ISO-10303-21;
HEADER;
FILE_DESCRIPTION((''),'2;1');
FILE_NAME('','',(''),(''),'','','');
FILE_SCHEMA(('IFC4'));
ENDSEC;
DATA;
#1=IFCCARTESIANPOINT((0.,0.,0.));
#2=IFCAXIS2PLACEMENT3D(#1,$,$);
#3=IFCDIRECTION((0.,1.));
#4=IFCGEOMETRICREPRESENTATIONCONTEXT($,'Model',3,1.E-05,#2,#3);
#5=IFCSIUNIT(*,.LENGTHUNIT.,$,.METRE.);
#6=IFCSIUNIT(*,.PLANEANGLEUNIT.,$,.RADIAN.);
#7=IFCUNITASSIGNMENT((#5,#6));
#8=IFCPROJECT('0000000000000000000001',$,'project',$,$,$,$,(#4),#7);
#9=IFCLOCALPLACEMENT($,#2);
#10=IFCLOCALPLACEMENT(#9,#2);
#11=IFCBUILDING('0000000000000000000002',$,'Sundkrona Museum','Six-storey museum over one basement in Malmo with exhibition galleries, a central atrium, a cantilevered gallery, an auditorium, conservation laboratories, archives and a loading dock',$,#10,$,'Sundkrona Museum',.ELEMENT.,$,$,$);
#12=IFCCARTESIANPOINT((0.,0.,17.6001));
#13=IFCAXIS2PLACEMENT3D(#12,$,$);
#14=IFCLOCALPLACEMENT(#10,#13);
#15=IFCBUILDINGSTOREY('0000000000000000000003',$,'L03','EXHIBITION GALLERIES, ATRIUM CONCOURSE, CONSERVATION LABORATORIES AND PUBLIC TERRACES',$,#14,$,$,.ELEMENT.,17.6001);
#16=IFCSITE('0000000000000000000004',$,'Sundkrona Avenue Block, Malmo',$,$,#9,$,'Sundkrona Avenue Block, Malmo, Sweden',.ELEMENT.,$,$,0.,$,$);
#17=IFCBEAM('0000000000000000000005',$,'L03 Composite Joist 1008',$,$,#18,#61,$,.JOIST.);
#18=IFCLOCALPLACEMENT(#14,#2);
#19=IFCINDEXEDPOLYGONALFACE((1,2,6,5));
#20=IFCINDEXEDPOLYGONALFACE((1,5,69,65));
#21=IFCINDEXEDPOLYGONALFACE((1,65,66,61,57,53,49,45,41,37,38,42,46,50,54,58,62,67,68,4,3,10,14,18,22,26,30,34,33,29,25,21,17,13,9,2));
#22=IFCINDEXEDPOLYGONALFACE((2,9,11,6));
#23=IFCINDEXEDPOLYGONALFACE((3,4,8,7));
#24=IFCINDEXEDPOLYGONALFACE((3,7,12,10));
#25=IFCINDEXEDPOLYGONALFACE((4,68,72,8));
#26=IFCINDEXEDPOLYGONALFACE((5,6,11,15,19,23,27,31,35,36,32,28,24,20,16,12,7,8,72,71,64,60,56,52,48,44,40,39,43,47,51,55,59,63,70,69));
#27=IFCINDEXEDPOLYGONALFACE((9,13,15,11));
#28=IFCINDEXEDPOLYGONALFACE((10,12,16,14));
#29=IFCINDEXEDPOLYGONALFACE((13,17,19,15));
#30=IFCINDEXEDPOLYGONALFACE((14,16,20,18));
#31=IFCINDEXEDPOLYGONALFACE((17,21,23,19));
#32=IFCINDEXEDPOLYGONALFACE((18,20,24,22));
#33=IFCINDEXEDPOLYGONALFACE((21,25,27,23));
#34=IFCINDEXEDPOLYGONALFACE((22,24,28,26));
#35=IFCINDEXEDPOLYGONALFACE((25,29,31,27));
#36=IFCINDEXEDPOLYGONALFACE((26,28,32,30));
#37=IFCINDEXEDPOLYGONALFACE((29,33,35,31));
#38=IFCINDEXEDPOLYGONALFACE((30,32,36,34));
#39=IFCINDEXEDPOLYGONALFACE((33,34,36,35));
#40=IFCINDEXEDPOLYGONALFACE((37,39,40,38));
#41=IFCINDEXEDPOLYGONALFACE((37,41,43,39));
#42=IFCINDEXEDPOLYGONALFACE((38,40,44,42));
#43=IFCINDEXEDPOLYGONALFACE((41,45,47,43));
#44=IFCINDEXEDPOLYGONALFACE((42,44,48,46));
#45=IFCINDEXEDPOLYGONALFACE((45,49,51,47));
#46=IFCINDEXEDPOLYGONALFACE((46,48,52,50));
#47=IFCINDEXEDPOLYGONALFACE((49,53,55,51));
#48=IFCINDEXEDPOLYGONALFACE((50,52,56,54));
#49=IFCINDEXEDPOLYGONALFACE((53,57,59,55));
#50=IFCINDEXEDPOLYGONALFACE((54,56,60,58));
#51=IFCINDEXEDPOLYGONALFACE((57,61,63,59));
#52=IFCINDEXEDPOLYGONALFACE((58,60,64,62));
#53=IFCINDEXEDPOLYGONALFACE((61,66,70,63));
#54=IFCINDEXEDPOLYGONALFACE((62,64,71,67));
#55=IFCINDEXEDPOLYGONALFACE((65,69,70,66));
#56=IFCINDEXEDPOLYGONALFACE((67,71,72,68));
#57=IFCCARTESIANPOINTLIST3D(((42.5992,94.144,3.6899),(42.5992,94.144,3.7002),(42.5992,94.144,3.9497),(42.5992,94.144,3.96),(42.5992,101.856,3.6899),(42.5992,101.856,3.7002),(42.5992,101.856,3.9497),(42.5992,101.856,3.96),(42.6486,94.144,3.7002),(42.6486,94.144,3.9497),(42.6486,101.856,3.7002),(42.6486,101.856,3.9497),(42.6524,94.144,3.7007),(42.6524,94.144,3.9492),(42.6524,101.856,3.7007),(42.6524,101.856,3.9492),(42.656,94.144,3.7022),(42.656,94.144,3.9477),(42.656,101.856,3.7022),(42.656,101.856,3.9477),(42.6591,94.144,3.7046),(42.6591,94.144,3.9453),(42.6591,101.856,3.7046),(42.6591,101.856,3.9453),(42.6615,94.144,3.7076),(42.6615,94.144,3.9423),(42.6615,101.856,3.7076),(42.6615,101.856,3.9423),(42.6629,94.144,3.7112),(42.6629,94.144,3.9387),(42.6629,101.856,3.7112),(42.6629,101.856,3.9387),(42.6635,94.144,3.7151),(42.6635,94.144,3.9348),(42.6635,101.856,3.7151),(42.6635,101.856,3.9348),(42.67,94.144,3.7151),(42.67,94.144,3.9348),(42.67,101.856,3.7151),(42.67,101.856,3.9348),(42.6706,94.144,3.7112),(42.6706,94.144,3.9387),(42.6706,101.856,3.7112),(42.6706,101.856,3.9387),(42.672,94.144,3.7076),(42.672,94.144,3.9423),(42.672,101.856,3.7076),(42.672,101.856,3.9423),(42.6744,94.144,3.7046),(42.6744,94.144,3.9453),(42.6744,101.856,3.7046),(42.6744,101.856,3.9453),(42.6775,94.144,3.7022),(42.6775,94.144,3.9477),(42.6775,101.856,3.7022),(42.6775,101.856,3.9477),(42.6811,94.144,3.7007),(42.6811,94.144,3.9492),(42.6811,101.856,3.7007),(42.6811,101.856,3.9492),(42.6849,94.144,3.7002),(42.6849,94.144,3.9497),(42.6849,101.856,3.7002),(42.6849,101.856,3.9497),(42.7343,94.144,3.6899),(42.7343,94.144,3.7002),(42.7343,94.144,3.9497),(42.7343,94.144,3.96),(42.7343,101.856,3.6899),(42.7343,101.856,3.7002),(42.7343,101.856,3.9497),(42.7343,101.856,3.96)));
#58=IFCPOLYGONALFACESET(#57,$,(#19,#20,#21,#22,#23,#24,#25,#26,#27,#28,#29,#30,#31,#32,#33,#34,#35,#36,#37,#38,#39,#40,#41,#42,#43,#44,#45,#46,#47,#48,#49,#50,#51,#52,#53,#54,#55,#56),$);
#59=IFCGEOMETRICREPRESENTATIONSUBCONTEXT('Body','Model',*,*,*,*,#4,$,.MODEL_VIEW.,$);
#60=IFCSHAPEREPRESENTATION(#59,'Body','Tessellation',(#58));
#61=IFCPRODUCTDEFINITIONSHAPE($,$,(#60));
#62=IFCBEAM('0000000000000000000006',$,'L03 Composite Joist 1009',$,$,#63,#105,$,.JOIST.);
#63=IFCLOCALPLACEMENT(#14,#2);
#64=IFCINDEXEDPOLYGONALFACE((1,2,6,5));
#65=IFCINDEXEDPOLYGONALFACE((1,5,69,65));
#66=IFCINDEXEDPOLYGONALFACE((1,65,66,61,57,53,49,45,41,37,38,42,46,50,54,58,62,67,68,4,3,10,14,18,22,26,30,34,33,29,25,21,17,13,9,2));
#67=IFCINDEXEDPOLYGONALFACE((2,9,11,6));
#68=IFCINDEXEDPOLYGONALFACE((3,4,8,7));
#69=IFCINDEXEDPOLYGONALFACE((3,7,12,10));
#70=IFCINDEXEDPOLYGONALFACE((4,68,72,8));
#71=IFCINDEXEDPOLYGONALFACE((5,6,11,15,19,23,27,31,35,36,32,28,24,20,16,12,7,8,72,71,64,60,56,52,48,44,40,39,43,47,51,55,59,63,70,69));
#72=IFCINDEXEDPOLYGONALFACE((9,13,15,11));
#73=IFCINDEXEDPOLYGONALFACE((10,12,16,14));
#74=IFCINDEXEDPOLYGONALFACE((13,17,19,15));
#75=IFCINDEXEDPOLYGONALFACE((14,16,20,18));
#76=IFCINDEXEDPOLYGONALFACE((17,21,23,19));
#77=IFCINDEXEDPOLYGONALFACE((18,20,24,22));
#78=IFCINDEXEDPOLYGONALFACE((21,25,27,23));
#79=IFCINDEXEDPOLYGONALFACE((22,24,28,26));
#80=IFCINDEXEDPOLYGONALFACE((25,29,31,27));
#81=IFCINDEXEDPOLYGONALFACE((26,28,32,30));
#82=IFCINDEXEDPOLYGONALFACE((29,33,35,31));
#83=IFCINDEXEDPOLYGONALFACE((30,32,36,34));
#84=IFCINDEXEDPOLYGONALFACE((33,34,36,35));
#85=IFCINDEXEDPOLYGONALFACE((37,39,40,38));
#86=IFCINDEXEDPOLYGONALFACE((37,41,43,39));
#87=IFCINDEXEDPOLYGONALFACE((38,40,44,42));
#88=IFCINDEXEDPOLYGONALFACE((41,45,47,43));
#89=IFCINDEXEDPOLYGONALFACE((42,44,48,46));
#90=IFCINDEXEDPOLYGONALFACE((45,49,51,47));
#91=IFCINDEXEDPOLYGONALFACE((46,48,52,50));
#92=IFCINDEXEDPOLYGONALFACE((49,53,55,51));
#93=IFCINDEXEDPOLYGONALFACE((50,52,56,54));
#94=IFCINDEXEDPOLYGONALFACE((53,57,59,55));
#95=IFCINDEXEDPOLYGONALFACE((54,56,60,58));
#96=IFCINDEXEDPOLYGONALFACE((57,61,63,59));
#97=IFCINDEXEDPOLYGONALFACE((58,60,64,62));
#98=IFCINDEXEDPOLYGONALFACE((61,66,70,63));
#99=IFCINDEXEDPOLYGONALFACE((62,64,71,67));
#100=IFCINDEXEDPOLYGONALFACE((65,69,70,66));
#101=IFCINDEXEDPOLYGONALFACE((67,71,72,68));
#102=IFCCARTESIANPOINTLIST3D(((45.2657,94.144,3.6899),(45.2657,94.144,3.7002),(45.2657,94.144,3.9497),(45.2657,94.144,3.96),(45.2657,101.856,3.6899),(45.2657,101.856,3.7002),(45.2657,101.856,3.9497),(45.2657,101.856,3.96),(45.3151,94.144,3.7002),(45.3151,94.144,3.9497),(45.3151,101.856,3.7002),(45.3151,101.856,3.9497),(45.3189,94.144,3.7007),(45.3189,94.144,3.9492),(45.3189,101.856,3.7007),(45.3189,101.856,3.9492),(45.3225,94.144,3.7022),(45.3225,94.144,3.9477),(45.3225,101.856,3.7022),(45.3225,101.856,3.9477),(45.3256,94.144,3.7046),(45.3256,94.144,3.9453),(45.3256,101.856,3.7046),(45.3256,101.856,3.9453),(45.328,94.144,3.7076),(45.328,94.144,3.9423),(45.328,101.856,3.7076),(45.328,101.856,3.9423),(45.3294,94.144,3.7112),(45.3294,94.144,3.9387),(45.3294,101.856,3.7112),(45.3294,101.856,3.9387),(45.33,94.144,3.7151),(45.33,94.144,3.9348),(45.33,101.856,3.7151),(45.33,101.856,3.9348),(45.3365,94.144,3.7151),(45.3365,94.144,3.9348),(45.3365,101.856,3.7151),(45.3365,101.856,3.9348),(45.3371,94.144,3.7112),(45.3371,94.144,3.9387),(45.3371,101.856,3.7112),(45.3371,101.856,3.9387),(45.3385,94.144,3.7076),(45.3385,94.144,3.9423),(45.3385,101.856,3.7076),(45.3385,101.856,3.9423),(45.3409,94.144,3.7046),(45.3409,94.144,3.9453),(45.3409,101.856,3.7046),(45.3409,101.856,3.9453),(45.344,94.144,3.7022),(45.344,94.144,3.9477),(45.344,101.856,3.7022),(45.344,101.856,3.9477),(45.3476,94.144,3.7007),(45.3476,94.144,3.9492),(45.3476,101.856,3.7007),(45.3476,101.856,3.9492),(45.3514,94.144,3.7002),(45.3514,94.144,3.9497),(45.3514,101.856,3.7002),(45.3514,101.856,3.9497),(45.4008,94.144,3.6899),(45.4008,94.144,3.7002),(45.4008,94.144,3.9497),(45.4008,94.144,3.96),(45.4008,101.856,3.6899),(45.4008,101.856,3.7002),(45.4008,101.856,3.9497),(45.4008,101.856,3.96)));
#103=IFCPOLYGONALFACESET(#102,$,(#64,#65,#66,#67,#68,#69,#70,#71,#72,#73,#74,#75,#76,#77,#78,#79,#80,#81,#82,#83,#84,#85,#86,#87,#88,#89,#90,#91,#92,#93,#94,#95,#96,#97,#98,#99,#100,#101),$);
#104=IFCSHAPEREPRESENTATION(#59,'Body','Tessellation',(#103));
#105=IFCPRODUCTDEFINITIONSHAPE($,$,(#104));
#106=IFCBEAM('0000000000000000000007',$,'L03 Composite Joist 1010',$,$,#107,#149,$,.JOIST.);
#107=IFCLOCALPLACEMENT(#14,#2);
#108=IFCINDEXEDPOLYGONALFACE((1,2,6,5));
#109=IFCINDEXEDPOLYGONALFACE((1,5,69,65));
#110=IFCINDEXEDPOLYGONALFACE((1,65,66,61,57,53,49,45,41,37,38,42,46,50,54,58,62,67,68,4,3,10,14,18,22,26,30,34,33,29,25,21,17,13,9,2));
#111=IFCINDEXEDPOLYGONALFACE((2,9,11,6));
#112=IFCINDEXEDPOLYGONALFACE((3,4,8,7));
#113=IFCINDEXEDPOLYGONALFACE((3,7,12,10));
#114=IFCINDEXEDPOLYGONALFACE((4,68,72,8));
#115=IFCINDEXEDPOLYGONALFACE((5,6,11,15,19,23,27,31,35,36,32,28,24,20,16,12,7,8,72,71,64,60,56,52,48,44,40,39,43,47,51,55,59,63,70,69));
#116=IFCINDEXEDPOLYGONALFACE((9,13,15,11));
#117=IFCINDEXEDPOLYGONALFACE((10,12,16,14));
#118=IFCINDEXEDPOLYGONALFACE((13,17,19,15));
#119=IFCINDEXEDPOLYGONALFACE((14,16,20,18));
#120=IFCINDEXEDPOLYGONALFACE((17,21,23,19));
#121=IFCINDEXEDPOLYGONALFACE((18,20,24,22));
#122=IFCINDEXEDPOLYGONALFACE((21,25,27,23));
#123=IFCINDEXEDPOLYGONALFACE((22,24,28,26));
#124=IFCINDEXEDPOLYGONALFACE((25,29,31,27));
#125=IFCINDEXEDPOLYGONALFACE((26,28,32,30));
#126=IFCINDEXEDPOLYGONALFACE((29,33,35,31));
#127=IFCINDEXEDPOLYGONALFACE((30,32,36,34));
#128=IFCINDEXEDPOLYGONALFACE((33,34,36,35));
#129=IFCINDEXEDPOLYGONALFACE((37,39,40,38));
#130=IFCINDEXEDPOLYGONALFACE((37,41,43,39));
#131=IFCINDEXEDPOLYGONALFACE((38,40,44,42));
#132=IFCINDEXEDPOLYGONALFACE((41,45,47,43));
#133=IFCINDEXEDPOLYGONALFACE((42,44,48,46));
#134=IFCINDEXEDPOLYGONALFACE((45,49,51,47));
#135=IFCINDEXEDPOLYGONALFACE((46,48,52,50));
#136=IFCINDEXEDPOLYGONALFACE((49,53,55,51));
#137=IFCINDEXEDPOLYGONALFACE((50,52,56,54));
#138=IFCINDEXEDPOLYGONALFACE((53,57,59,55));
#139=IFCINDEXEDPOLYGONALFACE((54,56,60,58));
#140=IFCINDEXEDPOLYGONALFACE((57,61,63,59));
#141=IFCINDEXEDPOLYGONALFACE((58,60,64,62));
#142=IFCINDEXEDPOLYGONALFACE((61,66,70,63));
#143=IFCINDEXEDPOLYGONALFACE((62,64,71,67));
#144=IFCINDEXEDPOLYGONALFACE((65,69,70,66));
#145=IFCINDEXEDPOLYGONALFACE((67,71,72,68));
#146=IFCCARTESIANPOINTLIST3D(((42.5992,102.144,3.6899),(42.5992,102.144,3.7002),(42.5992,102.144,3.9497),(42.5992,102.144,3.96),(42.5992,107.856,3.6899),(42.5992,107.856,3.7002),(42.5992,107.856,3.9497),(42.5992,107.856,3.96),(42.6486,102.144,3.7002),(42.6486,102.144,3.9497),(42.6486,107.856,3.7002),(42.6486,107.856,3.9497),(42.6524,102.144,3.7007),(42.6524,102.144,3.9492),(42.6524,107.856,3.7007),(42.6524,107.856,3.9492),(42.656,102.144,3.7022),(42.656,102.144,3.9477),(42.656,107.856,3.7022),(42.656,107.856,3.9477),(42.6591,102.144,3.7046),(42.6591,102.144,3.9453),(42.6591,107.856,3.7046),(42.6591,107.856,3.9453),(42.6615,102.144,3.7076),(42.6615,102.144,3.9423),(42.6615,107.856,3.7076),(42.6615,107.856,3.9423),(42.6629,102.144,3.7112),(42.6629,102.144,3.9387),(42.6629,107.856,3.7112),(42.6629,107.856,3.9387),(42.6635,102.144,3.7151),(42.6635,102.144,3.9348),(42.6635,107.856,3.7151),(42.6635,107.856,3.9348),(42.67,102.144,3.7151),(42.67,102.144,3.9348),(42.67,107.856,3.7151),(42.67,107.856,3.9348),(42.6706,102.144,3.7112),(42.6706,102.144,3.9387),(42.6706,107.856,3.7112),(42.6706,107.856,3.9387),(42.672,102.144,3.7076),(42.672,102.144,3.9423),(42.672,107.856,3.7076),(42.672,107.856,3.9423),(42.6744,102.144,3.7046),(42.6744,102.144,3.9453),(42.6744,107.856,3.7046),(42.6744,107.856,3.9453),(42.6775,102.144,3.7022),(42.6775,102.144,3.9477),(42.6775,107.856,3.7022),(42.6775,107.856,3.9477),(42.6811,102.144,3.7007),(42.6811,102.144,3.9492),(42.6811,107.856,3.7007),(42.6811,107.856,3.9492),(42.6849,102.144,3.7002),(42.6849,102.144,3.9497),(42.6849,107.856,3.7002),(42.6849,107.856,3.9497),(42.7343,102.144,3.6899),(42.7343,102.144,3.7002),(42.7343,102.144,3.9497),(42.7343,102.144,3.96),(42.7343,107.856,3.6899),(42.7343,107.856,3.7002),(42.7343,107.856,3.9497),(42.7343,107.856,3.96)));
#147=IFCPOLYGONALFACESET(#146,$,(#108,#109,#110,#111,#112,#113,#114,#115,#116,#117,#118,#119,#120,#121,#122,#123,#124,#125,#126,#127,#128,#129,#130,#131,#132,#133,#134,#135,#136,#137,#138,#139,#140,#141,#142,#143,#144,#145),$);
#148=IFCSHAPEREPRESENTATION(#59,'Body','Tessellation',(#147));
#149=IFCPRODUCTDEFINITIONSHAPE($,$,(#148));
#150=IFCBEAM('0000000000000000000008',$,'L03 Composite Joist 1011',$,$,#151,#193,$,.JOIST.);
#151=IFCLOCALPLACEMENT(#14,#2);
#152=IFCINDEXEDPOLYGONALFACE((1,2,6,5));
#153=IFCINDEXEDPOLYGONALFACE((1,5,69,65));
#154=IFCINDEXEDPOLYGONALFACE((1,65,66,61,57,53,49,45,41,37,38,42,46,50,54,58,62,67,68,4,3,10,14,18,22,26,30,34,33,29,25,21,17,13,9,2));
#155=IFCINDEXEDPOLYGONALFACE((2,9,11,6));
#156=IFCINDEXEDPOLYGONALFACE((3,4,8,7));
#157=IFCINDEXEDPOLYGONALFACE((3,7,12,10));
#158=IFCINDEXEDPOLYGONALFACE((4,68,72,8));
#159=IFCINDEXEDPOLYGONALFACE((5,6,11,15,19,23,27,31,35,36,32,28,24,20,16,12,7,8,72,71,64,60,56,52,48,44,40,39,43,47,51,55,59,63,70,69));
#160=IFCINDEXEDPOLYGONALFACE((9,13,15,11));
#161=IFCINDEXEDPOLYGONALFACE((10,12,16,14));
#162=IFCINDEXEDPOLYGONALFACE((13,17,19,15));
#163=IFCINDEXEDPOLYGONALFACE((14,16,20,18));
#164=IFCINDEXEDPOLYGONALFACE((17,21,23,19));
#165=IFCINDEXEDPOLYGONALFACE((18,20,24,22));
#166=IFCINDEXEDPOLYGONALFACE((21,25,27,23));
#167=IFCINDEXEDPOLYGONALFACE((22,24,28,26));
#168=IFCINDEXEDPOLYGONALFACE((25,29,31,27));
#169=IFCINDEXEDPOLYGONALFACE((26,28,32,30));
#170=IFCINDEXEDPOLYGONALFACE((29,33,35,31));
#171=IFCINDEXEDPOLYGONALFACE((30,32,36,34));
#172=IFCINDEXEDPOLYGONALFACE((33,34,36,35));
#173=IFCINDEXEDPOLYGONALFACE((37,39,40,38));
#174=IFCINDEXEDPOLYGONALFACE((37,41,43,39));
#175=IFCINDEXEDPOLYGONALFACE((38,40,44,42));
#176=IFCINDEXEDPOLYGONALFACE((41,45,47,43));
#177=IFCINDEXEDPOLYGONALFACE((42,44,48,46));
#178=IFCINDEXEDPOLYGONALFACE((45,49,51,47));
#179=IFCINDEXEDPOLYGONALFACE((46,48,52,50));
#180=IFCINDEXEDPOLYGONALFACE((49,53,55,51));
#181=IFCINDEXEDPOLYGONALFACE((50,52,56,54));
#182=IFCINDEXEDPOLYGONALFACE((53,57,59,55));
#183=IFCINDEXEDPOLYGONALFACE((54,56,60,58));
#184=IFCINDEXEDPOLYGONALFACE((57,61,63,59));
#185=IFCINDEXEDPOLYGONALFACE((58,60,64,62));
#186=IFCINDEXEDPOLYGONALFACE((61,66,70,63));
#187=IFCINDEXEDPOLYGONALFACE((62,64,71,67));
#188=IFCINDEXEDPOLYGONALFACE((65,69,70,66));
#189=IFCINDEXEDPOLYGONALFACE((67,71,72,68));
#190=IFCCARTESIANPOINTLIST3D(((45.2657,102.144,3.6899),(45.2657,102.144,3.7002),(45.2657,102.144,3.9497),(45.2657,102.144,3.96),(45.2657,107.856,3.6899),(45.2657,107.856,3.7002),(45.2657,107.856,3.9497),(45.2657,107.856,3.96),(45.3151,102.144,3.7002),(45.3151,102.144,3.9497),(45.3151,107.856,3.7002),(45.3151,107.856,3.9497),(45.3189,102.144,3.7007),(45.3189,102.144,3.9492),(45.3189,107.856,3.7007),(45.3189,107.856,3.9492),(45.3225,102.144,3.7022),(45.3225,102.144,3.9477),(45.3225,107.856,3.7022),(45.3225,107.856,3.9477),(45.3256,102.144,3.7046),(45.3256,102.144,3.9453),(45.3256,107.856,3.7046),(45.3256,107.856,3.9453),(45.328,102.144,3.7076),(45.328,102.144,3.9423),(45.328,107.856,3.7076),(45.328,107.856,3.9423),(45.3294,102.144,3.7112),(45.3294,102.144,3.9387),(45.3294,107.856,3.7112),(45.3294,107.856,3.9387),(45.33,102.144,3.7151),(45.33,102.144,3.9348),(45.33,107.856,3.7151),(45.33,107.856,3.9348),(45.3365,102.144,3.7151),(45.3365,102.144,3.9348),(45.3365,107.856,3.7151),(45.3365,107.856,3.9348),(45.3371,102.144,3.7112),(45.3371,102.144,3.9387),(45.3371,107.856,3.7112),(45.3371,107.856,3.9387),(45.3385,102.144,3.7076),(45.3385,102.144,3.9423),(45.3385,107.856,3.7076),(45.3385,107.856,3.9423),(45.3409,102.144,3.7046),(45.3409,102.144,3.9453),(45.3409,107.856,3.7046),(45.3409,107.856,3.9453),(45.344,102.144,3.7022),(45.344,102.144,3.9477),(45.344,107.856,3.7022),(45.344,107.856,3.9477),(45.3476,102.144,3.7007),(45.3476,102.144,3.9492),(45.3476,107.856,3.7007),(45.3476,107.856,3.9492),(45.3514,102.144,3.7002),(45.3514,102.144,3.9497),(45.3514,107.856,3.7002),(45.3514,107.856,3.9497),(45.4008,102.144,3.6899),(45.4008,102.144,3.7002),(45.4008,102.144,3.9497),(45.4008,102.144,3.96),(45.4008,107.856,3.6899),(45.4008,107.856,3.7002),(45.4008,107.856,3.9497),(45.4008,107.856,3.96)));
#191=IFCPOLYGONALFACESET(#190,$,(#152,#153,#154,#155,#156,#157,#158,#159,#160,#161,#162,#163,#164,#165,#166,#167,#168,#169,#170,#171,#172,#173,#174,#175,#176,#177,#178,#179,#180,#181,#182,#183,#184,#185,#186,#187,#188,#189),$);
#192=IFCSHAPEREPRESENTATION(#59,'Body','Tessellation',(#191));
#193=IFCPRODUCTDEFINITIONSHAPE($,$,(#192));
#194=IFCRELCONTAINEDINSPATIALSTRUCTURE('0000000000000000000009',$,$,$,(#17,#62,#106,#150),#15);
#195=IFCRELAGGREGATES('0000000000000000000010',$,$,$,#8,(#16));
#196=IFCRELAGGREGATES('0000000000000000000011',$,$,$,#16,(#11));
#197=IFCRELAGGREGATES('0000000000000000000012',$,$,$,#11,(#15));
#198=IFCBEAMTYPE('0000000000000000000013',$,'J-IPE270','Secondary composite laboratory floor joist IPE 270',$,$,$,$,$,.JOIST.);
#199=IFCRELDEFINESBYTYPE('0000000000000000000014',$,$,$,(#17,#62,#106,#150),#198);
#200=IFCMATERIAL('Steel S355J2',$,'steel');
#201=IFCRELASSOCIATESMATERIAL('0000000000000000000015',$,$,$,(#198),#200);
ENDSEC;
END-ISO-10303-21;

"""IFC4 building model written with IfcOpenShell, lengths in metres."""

from ifc_helpers import new_model, si_unit, direction, frame, origin, origin_2d, place, context, subcontext, project, spatial, i_section, extrude, material, material_profile, profile_set, type_object, element, save


model = new_model("IFC4")

# Units and contexts
model_context = context("Model", 3, precision=1e-05, world=origin(), true_north=direction((0.0, 1.0)))
body_context = subcontext(model_context, "Body", "Model", "MODEL_VIEW")
ifc_project = project(units=[si_unit("LENGTHUNIT", "METRE"), si_unit("PLANEANGLEUNIT", "RADIAN")], contexts=[model_context])

# Site, building, storey
site_placement = place(None, origin())
site = spatial("IfcSite", under=ifc_project, at=site_placement, Name="Sundkrona Avenue Block, Malmo", LongName="Sundkrona Avenue Block, Malmo, Sweden", CompositionType="ELEMENT", RefElevation=0.0)
building_placement = place(site_placement, origin())
building = spatial("IfcBuilding", under=site, at=building_placement, Name="Sundkrona Museum", Description="Six-storey museum over one basement in Malmo with exhibition galleries, a central atrium, a cantilevered gallery, an auditorium, conservation laboratories, archives and a loading dock", LongName="Sundkrona Museum", CompositionType="ELEMENT")
storey_placement = place(building_placement, frame((0.0, 0.0, 17.6001)))
storey = spatial("IfcBuildingStorey", under=building, at=storey_placement, Name="L03", Description="EXHIBITION GALLERIES, ATRIUM CONCOURSE, CONSERVATION LABORATORIES AND PUBLIC TERRACES", CompositionType="ELEMENT", Elevation=17.6001)

# Shared definitions
ifc_material_1 = material(Name="Steel S355J2", Category="steel")

# Beams
ifc_material_profile_1 = material_profile(ifc_material_1, i_section(OverallWidth=0.135, OverallDepth=0.27, WebThickness=0.0066, FlangeThickness=0.0103, FilletRadius=0.0149, at=origin_2d()), Name="IPE 270")
ifc_profile_set_1 = profile_set([ifc_material_profile_1], Name="Steel S355J2")
beam_type_1 = type_object("IfcBeamType", Name="J-IPE270", Description="Secondary composite laboratory floor joist IPE 270", PredefinedType="JOIST", material=ifc_profile_set_1)
for number, where, z_axis, x_axis, name in (
    (1, (42.6667, 94.144, 3.825), (0.0, 1.0, 0.0), (-1.0, 0.0, 0.0), "L03 Composite Joist 1008"),
    (2, (45.3333, 94.144, 3.825), (0.0, 1.0, 0.0), (-1.0, 0.0, 0.0), "L03 Composite Joist 1009"),
):
    element("IfcBeam", number, at=place(storey_placement, frame(where, z_axis=z_axis, x_axis=x_axis)), inside=storey, type_object=beam_type_1, Name=name, PredefinedType="JOIST", context=body_context, shape_type="SweptSolid", body=[
        extrude(i_section(OverallWidth=0.135, OverallDepth=0.27, WebThickness=0.0066, FlangeThickness=0.0103, FilletRadius=0.0149, at=origin_2d()), origin(), (0.0, 0.0, 1.0), 7.7119),
    ])
for number, where, z_axis, x_axis, name in (
    (3, (42.6667, 102.144, 3.825), (0.0, 1.0, 0.0), (-1.0, 0.0, 0.0), "L03 Composite Joist 1010"),
    (4, (45.3333, 102.144, 3.825), (0.0, 1.0, 0.0), (-1.0, 0.0, 0.0), "L03 Composite Joist 1011"),
):
    element("IfcBeam", number, at=place(storey_placement, frame(where, z_axis=z_axis, x_axis=x_axis)), inside=storey, type_object=beam_type_1, Name=name, PredefinedType="JOIST", context=body_context, shape_type="SweptSolid", body=[
        extrude(i_section(OverallWidth=0.135, OverallDepth=0.27, WebThickness=0.0066, FlangeThickness=0.0103, FilletRadius=0.0149, at=origin_2d()), origin(), (0.0, 0.0, 1.0), 5.7119),
    ])

save(model, "model.ifc")
